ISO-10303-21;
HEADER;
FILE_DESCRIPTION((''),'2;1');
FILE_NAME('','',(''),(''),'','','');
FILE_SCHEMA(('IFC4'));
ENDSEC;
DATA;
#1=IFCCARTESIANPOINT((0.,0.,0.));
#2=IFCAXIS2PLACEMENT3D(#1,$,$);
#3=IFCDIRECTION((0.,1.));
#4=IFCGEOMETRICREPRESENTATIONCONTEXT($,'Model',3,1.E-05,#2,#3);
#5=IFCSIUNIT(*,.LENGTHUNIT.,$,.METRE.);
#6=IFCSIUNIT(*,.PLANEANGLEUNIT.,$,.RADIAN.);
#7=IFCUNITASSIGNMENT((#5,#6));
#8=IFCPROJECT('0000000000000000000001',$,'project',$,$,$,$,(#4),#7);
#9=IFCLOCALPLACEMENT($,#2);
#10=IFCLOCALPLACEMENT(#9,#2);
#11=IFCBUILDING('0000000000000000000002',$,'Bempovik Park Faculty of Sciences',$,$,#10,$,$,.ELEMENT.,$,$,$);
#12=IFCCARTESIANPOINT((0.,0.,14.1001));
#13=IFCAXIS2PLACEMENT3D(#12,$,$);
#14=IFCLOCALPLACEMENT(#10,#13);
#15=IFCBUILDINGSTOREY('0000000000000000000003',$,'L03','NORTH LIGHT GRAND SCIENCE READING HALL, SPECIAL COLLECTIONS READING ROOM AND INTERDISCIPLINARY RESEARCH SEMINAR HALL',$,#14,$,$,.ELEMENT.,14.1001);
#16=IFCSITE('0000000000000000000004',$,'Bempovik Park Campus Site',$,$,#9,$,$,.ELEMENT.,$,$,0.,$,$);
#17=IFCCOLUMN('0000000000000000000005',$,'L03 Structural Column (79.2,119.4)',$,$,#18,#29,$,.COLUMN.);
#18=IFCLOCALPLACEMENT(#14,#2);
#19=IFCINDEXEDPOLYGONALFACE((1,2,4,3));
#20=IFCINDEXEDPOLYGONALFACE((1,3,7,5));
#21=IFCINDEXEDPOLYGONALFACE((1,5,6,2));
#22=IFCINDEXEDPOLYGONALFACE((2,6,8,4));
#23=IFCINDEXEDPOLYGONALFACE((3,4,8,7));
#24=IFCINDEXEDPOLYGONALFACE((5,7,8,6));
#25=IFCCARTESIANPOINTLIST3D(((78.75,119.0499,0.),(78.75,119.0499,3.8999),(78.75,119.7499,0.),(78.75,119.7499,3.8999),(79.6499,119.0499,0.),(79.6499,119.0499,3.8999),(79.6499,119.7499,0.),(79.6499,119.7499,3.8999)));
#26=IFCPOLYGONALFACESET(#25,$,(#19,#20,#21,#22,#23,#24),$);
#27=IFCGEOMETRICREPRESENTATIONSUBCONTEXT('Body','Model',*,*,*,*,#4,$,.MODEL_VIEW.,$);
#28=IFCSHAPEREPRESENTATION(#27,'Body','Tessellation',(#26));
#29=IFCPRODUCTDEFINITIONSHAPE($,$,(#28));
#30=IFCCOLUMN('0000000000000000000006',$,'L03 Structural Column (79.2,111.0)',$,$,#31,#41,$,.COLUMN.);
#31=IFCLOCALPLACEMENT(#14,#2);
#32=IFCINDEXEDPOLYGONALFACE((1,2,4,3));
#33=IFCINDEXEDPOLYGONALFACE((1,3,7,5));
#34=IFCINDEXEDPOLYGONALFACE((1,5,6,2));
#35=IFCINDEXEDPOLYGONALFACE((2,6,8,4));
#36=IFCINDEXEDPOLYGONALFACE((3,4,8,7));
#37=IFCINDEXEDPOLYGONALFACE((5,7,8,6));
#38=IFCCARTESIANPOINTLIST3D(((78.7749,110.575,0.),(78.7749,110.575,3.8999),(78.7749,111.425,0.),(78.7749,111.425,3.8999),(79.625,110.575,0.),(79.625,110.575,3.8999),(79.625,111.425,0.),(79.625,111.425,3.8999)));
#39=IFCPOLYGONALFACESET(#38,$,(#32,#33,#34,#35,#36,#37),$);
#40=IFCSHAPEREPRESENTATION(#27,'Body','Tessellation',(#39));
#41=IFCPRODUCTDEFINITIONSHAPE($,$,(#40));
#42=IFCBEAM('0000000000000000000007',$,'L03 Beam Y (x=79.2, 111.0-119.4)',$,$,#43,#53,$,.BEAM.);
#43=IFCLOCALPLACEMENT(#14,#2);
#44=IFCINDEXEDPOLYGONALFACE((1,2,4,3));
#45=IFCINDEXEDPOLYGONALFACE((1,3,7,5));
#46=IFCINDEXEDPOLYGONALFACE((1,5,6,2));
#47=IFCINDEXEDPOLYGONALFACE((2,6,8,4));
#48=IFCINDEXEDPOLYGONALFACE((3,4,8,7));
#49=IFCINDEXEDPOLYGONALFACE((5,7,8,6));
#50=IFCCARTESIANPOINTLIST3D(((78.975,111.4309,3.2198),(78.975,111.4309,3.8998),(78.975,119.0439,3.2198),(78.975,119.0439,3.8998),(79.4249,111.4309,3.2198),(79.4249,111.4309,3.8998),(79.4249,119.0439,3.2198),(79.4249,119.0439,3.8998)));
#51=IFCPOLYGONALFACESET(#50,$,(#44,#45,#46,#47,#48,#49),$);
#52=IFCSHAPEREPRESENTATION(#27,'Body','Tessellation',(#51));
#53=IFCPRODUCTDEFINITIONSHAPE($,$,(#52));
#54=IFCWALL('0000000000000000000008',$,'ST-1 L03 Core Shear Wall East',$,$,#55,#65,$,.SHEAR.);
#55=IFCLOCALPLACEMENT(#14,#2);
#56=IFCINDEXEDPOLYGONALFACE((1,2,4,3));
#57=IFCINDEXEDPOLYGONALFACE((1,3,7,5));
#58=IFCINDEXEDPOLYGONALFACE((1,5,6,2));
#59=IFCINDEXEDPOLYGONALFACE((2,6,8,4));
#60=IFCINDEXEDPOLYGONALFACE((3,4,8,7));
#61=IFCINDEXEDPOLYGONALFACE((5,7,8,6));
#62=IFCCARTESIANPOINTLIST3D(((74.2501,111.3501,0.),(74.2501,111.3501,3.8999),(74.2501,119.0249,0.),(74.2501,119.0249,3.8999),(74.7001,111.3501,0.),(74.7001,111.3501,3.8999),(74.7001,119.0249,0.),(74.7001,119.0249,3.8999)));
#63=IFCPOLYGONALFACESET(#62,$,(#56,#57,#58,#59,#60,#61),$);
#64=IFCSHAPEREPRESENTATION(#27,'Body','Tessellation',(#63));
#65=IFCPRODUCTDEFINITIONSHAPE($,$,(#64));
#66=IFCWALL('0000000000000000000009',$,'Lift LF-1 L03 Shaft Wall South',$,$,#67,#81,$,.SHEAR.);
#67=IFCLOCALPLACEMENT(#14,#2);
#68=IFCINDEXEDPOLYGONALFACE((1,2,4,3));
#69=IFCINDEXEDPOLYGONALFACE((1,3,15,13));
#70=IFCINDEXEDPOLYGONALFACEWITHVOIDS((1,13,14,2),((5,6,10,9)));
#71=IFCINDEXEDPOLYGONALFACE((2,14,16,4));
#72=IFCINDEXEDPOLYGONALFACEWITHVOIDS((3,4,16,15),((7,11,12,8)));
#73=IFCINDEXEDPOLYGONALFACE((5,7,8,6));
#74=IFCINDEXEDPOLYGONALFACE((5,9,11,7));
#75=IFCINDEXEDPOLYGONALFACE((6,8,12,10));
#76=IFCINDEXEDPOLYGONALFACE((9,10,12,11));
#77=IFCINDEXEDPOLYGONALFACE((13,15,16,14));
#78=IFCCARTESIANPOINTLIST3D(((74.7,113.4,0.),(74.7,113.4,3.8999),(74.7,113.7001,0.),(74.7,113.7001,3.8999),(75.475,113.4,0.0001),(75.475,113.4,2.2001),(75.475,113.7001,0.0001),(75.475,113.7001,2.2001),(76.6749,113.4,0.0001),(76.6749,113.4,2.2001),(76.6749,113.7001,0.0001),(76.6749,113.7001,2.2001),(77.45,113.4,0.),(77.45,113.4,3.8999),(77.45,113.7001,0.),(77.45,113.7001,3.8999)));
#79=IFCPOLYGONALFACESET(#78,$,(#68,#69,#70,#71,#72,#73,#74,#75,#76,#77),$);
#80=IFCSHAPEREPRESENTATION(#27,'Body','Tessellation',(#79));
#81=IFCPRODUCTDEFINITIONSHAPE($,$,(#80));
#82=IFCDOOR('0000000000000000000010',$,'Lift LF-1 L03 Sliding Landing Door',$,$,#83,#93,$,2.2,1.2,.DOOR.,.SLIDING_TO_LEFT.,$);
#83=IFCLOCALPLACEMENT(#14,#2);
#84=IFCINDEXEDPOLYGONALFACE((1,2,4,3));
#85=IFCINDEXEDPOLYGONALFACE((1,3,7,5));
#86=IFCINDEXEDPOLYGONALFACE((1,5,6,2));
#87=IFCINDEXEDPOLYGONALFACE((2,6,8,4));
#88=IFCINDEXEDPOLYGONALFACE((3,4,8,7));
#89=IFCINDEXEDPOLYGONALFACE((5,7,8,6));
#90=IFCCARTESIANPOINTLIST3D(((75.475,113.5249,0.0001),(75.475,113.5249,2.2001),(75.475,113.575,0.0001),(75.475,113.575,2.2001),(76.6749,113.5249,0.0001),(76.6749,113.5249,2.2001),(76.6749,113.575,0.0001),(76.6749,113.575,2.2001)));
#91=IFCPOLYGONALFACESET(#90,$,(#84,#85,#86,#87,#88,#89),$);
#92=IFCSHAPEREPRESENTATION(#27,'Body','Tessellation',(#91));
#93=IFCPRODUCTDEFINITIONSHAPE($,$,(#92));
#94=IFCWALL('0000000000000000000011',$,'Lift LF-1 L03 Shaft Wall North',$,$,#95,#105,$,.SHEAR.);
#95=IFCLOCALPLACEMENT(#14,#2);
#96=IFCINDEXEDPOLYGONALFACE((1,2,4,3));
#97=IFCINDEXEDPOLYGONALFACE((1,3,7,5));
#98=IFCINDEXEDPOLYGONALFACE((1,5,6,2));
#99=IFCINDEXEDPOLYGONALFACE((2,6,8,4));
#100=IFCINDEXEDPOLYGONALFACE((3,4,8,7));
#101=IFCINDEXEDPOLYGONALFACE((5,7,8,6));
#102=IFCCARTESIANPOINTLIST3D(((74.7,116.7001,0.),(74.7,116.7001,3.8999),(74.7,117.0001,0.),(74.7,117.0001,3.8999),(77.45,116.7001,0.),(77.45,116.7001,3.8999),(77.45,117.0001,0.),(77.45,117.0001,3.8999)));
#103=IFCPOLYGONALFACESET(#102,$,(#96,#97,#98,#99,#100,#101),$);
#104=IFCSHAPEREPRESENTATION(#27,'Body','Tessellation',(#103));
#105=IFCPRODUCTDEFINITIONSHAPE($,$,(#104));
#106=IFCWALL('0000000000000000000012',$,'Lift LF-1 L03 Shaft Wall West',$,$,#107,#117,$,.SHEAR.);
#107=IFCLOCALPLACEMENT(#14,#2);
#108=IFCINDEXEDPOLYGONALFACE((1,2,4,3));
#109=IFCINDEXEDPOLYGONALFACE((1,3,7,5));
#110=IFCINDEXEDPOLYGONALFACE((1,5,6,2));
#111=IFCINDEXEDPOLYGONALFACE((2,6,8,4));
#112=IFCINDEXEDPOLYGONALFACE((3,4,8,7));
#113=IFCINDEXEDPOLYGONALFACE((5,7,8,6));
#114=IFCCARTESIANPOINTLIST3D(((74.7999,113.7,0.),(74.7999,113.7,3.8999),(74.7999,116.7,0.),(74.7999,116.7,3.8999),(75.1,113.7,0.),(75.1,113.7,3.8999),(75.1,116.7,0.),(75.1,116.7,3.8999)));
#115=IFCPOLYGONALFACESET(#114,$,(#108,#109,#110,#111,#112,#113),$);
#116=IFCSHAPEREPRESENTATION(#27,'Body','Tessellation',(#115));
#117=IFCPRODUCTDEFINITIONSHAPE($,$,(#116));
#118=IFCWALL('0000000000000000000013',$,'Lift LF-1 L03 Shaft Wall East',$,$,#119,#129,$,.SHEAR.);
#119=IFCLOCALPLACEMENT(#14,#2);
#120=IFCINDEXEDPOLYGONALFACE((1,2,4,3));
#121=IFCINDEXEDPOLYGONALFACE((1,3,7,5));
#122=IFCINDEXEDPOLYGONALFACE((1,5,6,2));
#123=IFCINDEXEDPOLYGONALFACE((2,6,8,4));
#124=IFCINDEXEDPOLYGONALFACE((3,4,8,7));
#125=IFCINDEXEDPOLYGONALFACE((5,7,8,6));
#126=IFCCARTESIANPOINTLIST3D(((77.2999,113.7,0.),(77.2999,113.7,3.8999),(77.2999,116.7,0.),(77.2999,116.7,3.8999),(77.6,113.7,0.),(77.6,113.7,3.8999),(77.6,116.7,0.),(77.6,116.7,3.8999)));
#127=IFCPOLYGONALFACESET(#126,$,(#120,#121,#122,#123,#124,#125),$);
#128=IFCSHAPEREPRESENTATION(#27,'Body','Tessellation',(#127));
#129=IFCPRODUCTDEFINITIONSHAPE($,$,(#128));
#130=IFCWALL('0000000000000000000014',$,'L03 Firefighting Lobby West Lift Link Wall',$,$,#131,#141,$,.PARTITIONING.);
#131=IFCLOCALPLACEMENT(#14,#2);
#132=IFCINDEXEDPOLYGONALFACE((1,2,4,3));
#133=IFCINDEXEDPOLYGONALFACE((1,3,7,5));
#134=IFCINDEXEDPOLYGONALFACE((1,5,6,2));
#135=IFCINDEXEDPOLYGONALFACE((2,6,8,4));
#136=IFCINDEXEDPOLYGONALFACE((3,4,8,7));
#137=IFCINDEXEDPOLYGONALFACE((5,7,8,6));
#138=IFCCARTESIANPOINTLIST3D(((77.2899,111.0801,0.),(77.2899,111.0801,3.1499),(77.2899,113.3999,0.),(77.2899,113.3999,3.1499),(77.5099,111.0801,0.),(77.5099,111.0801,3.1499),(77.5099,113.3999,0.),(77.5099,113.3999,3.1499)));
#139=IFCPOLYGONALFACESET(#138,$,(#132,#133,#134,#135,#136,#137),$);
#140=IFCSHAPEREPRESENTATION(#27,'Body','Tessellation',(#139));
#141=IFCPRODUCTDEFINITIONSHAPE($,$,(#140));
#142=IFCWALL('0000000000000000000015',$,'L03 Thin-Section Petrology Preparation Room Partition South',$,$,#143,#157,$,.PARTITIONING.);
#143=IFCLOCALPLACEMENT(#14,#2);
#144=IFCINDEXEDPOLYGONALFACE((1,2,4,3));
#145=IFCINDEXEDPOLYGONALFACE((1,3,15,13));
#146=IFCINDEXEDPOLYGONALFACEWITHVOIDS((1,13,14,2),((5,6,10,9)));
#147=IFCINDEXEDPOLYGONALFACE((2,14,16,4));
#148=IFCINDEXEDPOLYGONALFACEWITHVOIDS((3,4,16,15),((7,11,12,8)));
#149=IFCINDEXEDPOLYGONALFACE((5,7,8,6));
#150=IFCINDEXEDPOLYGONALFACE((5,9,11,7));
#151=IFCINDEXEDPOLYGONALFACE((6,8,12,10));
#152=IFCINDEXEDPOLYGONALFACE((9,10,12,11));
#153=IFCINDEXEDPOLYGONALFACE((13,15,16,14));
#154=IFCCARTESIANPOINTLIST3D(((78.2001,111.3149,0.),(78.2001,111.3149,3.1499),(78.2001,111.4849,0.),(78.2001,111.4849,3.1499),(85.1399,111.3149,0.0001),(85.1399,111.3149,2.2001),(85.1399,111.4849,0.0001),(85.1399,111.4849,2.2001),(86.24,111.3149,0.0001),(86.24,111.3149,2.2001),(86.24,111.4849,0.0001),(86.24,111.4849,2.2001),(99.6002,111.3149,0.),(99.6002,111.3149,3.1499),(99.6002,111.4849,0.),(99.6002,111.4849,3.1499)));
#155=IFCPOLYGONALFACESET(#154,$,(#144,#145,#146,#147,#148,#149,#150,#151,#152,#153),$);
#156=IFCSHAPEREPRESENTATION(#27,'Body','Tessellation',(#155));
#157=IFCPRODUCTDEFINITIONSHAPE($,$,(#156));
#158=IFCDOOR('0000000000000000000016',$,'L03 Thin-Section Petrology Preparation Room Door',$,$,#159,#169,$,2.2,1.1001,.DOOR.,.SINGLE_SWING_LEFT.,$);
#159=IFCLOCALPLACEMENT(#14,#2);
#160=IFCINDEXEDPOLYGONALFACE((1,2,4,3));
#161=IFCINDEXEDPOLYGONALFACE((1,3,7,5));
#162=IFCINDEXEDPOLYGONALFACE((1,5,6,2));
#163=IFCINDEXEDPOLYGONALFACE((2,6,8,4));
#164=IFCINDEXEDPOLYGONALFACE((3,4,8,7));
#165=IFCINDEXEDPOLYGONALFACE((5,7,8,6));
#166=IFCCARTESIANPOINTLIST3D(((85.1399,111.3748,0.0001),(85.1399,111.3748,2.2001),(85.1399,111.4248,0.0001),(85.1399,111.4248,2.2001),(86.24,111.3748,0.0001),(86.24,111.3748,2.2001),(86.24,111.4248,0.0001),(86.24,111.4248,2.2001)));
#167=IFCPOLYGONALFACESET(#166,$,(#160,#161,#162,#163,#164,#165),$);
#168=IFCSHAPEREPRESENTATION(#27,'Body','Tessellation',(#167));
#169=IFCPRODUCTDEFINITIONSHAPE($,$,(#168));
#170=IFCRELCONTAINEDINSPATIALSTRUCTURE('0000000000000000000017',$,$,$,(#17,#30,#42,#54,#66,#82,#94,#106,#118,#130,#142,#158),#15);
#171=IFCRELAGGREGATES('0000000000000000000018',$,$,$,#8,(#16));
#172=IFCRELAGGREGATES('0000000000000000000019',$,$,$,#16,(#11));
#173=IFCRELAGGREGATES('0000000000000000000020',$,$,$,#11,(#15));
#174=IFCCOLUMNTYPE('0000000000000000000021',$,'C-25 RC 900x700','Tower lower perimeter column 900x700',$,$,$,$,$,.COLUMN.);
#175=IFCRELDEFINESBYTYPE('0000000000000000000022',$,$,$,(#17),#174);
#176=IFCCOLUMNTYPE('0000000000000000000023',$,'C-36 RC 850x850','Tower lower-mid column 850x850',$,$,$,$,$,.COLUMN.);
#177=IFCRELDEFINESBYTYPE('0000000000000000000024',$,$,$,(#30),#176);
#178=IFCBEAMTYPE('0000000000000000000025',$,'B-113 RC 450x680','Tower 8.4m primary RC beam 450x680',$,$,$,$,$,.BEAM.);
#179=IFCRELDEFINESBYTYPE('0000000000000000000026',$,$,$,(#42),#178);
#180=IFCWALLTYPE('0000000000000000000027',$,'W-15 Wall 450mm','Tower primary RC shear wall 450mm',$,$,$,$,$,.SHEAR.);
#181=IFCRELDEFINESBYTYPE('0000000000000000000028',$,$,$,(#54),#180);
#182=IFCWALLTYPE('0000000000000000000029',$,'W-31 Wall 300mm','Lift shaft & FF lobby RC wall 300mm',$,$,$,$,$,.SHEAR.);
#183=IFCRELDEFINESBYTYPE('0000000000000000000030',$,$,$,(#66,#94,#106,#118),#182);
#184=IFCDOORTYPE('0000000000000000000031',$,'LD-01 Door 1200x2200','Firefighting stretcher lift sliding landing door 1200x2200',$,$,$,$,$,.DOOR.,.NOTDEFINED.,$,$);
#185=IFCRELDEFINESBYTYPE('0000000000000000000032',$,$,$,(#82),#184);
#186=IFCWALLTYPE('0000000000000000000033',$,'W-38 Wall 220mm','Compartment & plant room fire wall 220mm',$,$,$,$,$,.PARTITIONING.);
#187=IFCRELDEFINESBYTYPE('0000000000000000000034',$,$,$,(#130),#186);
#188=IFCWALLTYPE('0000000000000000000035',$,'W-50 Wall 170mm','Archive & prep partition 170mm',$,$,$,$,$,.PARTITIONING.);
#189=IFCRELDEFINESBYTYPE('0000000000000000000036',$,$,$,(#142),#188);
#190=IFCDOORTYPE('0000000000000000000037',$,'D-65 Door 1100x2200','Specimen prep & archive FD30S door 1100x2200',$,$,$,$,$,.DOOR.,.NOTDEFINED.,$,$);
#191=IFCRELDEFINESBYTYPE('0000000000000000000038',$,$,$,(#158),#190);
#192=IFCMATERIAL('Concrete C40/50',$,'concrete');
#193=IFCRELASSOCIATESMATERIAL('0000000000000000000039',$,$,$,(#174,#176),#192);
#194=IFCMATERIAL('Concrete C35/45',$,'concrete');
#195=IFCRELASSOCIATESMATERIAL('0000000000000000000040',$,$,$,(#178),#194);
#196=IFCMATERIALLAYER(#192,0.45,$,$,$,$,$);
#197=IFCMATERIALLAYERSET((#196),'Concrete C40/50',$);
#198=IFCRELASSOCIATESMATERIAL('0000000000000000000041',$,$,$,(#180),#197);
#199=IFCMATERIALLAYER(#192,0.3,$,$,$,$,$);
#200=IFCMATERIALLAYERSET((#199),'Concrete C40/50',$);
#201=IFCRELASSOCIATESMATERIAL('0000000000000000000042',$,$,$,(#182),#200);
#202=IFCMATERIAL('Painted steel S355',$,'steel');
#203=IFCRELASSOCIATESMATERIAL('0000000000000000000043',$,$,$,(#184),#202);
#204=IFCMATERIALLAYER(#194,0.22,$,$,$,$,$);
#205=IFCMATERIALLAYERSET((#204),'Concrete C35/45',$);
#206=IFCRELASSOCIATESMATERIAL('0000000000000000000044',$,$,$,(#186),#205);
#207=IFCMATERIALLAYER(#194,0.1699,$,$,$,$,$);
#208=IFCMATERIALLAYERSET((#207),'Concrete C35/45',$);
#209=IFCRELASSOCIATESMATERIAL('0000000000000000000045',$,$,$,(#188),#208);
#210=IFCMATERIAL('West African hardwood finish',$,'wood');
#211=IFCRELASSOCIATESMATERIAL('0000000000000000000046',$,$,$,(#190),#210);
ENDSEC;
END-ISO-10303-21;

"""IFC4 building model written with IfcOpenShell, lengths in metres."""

from ifc_helpers import new_model, si_unit, direction, frame, frame_2d, origin, origin_2d, place, context, subcontext, project, spatial, rectangle, extrude, material, layer, layer_set, material_profile, profile_set, type_object, element, fill, save


model = new_model("IFC4")

# Units and contexts
model_context = context("Model", 3, precision=1e-05, world=origin(), true_north=direction((0.0, 1.0)))
body_context = subcontext(model_context, "Body", "Model", "MODEL_VIEW")
ifc_project = project(units=[si_unit("LENGTHUNIT", "METRE"), si_unit("PLANEANGLEUNIT", "RADIAN")], contexts=[model_context])

# Site, building, storey
site_placement = place(None, origin())
site = spatial("IfcSite", under=ifc_project, at=site_placement, Name="Bempovik Park Campus Site", CompositionType="ELEMENT", RefElevation=0.0)
building_placement = place(site_placement, origin())
building = spatial("IfcBuilding", under=site, at=building_placement, Name="Bempovik Park Faculty of Sciences", CompositionType="ELEMENT")
storey_placement = place(building_placement, frame((0.0, 0.0, 14.1001)))
storey = spatial("IfcBuildingStorey", under=building, at=storey_placement, Name="L03", Description="NORTH LIGHT GRAND SCIENCE READING HALL, SPECIAL COLLECTIONS READING ROOM AND INTERDISCIPLINARY RESEARCH SEMINAR HALL", CompositionType="ELEMENT", Elevation=14.1001)

# Columns
ifc_material_1 = material(Name="Concrete C40/50", Category="concrete")
ifc_material_profile_1 = material_profile(ifc_material_1, rectangle(XDim=0.8999, YDim=0.7, at=origin_2d()), Name="RC 900x700")
ifc_profile_set_1 = profile_set([ifc_material_profile_1], Name="Concrete C40/50")
column_type_1 = type_object("IfcColumnType", Name="C-25 RC 900x700", Description="Tower lower perimeter column 900x700", PredefinedType="COLUMN", material=ifc_profile_set_1)
column_1_placement = place(storey_placement, frame((79.2, 119.3999, 0.0), z_axis=(0.0, 0.0, 1.0), x_axis=(1.0, 0.0, 0.0)))
element("IfcColumn", 1, at=column_1_placement, inside=storey, type_object=column_type_1, Name="L03 Structural Column (79.2,119.4)", PredefinedType="COLUMN", context=body_context, shape_type="SweptSolid", body=[
    extrude(rectangle(XDim=0.8999, YDim=0.7, at=origin_2d()), origin(), (0.0, 0.0, 1.0), 3.8999),
])
ifc_material_profile_2 = material_profile(ifc_material_1, rectangle(XDim=0.8501, YDim=0.8501, at=origin_2d()), Name="RC 850x850")
ifc_profile_set_2 = profile_set([ifc_material_profile_2], Name="Concrete C40/50")
column_type_2 = type_object("IfcColumnType", Name="C-36 RC 850x850", Description="Tower lower-mid column 850x850", PredefinedType="COLUMN", material=ifc_profile_set_2)
column_2_placement = place(storey_placement, frame((79.2, 111.0, 0.0), z_axis=(0.0, 0.0, 1.0), x_axis=(1.0, 0.0, 0.0)))
element("IfcColumn", 2, at=column_2_placement, inside=storey, type_object=column_type_2, Name="L03 Structural Column (79.2,111.0)", PredefinedType="COLUMN", context=body_context, shape_type="SweptSolid", body=[
    extrude(rectangle(XDim=0.8501, YDim=0.8501, at=origin_2d()), origin(), (0.0, 0.0, 1.0), 3.8999),
])

# Beam
ifc_material_2 = material(Name="Concrete C35/45", Category="concrete")
ifc_material_profile_3 = material_profile(ifc_material_2, rectangle(XDim=0.45, YDim=0.6799, at=origin_2d()), Name="RC 450x680")
ifc_profile_set_3 = profile_set([ifc_material_profile_3], Name="Concrete C35/45")
beam_type = type_object("IfcBeamType", Name="B-113 RC 450x680", Description="Tower 8.4m primary RC beam 450x680", PredefinedType="BEAM", material=ifc_profile_set_3)
beam_placement = place(storey_placement, frame((79.2, 111.4309, 3.5598), z_axis=(0.0, 1.0, 0.0), x_axis=(-1.0, 0.0, 0.0)))
element("IfcBeam", 3, at=beam_placement, inside=storey, type_object=beam_type, Name="L03 Beam Y (x=79.2, 111.0-119.4)", PredefinedType="BEAM", context=body_context, shape_type="SweptSolid", body=[
    extrude(rectangle(XDim=0.45, YDim=0.6799, at=origin_2d()), origin(), (0.0, 0.0, 1.0), 7.613),
])

# Wall
ifc_layer_1 = layer(ifc_material_1, 0.45)
ifc_layer_set_1 = layer_set([ifc_layer_1], Name="Concrete C40/50")
wall_type_1 = type_object("IfcWallType", Name="W-15 Wall 450mm", Description="Tower primary RC shear wall 450mm", PredefinedType="SHEAR", material=ifc_layer_set_1)
wall_1_placement = place(storey_placement, frame((74.4751, 111.3501, 0.0), z_axis=(0.0, 0.0, 1.0), x_axis=(0.0, 1.0, 0.0)))
element("IfcWall", 4, at=wall_1_placement, inside=storey, type_object=wall_type_1, Name="ST-1 L03 Core Shear Wall East", PredefinedType="SHEAR", context=body_context, shape_type="SweptSolid", body=[
    extrude(rectangle(XDim=7.6748, YDim=0.45, at=frame_2d((3.8374, 0.0))), origin(), (0.0, 0.0, 1.0), 3.8999),
])

# Wall, opening, door
ifc_layer_2 = layer(ifc_material_1, 0.3)
ifc_layer_set_2 = layer_set([ifc_layer_2], Name="Concrete C40/50")
wall_type_2 = type_object("IfcWallType", Name="W-31 Wall 300mm", Description="Lift shaft & FF lobby RC wall 300mm", PredefinedType="SHEAR", material=ifc_layer_set_2)
wall_2_placement = place(storey_placement, frame((74.7, 113.55, 0.0), z_axis=(0.0, 0.0, 1.0), x_axis=(1.0, 0.0, 0.0)))
wall_2 = element("IfcWall", 5, at=wall_2_placement, inside=storey, type_object=wall_type_2, Name="Lift LF-1 L03 Shaft Wall South", PredefinedType="SHEAR", context=body_context, shape_type="SweptSolid", body=[
    extrude(rectangle(XDim=2.75, YDim=0.3, at=frame_2d((1.375, 0.0))), origin(), (0.0, 0.0, 1.0), 3.8999),
])
opening_1_placement = place(wall_2_placement, frame((0.7749, 0.0, 0.0)))
opening_1 = element("IfcOpeningElement", 6, at=opening_1_placement, cuts=wall_2, PredefinedType="OPENING", context=body_context, shape_type="SweptSolid", body=[
    extrude(rectangle(XDim=1.2, YDim=2.2, at=frame_2d((0.6001, 1.1001))), frame((0.0, 0.1602, 0.0), z_axis=(0.0, -1.0, 0.0), x_axis=(1.0, 0.0, 0.0)), (0.0, 0.0, 1.0), 0.3201),
])
ifc_material_3 = material(Name="Painted steel S355", Category="steel")
door_type_1 = type_object("IfcDoorType", Name="LD-01 Door 1200x2200", Description="Firefighting stretcher lift sliding landing door 1200x2200", OperationType="NOTDEFINED", PredefinedType="DOOR", material=ifc_material_3)
door_1_placement = place(opening_1_placement, origin())
door_1 = element("IfcDoor", 7, at=door_1_placement, inside=storey, type_object=door_type_1, Name="Lift LF-1 L03 Sliding Landing Door", OperationType="SLIDING_TO_LEFT", OverallHeight=2.2, OverallWidth=1.2, PredefinedType="DOOR", context=body_context, shape_type="SweptSolid", body=[
    extrude(rectangle(XDim=1.2, YDim=2.2, at=frame_2d((0.6001, 1.1001))), frame((0.0, 0.0249, 0.0), z_axis=(0.0, -1.0, 0.0), x_axis=(1.0, 0.0, 0.0)), (0.0, 0.0, 1.0), 0.05),
])
fill(opening_1, door_1)

# Walls
wall_3_placement = place(storey_placement, frame((74.7, 116.8501, 0.0), z_axis=(0.0, 0.0, 1.0), x_axis=(1.0, 0.0, 0.0)))
element("IfcWall", 8, at=wall_3_placement, inside=storey, type_object=wall_type_2, Name="Lift LF-1 L03 Shaft Wall North", PredefinedType="SHEAR", context=body_context, shape_type="SweptSolid", body=[
    extrude(rectangle(XDim=2.75, YDim=0.3, at=frame_2d((1.375, 0.0))), origin(), (0.0, 0.0, 1.0), 3.8999),
])
for number, where, z_axis, x_axis, name in (
    (9, (74.95, 113.7, 0.0), (0.0, 0.0, 1.0), (0.0, 1.0, 0.0), "Lift LF-1 L03 Shaft Wall West"),
    (10, (77.45, 113.7, 0.0), (0.0, 0.0, 1.0), (0.0, 1.0, 0.0), "Lift LF-1 L03 Shaft Wall East"),
):
    element("IfcWall", number, at=place(storey_placement, frame(where, z_axis=z_axis, x_axis=x_axis)), inside=storey, type_object=wall_type_2, Name=name, PredefinedType="SHEAR", context=body_context, shape_type="SweptSolid", body=[
        extrude(rectangle(XDim=3.0, YDim=0.3, at=frame_2d((1.5, 0.0))), origin(), (0.0, 0.0, 1.0), 3.8999),
    ])
ifc_layer_3 = layer(ifc_material_2, 0.22)
ifc_layer_set_3 = layer_set([ifc_layer_3], Name="Concrete C35/45")
wall_type_3 = type_object("IfcWallType", Name="W-38 Wall 220mm", Description="Compartment & plant room fire wall 220mm", PredefinedType="PARTITIONING", material=ifc_layer_set_3)
wall_4_placement = place(storey_placement, frame((77.3999, 111.0801, 0.0), z_axis=(0.0, 0.0, 1.0), x_axis=(0.0, 1.0, 0.0)))
element("IfcWall", 11, at=wall_4_placement, inside=storey, type_object=wall_type_3, Name="L03 Firefighting Lobby West Lift Link Wall", PredefinedType="PARTITIONING", context=body_context, shape_type="SweptSolid", body=[
    extrude(rectangle(XDim=2.3198, YDim=0.22, at=frame_2d((1.1599, 0.0))), origin(), (0.0, 0.0, 1.0), 3.1499),
])

# Wall, opening, door
ifc_layer_4 = layer(ifc_material_2, 0.1699)
ifc_layer_set_4 = layer_set([ifc_layer_4], Name="Concrete C35/45")
wall_type_4 = type_object("IfcWallType", Name="W-50 Wall 170mm", Description="Archive & prep partition 170mm", PredefinedType="PARTITIONING", material=ifc_layer_set_4)
wall_5_placement = place(storey_placement, frame((78.2, 111.3999, 0.0), z_axis=(0.0, 0.0, 1.0), x_axis=(1.0, 0.0, 0.0)))
wall_5 = element("IfcWall", 12, at=wall_5_placement, inside=storey, type_object=wall_type_4, Name="L03 Thin-Section Petrology Preparation Room Partition South", PredefinedType="PARTITIONING", context=body_context, shape_type="SweptSolid", body=[
    extrude(rectangle(XDim=21.4001, YDim=0.1699, at=frame_2d((10.7002, 0.0))), origin(), (0.0, 0.0, 1.0), 3.1499),
])
opening_2_placement = place(wall_5_placement, frame((6.9399, 0.0, 0.0)))
opening_2 = element("IfcOpeningElement", 13, at=opening_2_placement, cuts=wall_5, PredefinedType="OPENING", context=body_context, shape_type="SweptSolid", body=[
    extrude(rectangle(XDim=1.1001, YDim=2.2, at=frame_2d((0.55, 1.1001))), frame((0.0, 0.095, 0.0), z_axis=(0.0, -1.0, 0.0), x_axis=(1.0, 0.0, 0.0)), (0.0, 0.0, 1.0), 0.1899),
])
ifc_material_4 = material(Name="West African hardwood finish", Category="wood")
door_type_2 = type_object("IfcDoorType", Name="D-65 Door 1100x2200", Description="Specimen prep & archive FD30S door 1100x2200", OperationType="NOTDEFINED", PredefinedType="DOOR", material=ifc_material_4)
door_2_placement = place(opening_2_placement, origin())
door_2 = element("IfcDoor", 14, at=door_2_placement, inside=storey, type_object=door_type_2, Name="L03 Thin-Section Petrology Preparation Room Door", OperationType="SINGLE_SWING_LEFT", OverallHeight=2.2, OverallWidth=1.1001, PredefinedType="DOOR", context=body_context, shape_type="SweptSolid", body=[
    extrude(rectangle(XDim=1.1001, YDim=2.2, at=frame_2d((0.55, 1.1001))), frame((0.0, 0.0249, 0.0), z_axis=(0.0, -1.0, 0.0), x_axis=(1.0, 0.0, 0.0)), (0.0, 0.0, 1.0), 0.05),
])
fill(opening_2, door_2)

save(model, "model.ifc")
